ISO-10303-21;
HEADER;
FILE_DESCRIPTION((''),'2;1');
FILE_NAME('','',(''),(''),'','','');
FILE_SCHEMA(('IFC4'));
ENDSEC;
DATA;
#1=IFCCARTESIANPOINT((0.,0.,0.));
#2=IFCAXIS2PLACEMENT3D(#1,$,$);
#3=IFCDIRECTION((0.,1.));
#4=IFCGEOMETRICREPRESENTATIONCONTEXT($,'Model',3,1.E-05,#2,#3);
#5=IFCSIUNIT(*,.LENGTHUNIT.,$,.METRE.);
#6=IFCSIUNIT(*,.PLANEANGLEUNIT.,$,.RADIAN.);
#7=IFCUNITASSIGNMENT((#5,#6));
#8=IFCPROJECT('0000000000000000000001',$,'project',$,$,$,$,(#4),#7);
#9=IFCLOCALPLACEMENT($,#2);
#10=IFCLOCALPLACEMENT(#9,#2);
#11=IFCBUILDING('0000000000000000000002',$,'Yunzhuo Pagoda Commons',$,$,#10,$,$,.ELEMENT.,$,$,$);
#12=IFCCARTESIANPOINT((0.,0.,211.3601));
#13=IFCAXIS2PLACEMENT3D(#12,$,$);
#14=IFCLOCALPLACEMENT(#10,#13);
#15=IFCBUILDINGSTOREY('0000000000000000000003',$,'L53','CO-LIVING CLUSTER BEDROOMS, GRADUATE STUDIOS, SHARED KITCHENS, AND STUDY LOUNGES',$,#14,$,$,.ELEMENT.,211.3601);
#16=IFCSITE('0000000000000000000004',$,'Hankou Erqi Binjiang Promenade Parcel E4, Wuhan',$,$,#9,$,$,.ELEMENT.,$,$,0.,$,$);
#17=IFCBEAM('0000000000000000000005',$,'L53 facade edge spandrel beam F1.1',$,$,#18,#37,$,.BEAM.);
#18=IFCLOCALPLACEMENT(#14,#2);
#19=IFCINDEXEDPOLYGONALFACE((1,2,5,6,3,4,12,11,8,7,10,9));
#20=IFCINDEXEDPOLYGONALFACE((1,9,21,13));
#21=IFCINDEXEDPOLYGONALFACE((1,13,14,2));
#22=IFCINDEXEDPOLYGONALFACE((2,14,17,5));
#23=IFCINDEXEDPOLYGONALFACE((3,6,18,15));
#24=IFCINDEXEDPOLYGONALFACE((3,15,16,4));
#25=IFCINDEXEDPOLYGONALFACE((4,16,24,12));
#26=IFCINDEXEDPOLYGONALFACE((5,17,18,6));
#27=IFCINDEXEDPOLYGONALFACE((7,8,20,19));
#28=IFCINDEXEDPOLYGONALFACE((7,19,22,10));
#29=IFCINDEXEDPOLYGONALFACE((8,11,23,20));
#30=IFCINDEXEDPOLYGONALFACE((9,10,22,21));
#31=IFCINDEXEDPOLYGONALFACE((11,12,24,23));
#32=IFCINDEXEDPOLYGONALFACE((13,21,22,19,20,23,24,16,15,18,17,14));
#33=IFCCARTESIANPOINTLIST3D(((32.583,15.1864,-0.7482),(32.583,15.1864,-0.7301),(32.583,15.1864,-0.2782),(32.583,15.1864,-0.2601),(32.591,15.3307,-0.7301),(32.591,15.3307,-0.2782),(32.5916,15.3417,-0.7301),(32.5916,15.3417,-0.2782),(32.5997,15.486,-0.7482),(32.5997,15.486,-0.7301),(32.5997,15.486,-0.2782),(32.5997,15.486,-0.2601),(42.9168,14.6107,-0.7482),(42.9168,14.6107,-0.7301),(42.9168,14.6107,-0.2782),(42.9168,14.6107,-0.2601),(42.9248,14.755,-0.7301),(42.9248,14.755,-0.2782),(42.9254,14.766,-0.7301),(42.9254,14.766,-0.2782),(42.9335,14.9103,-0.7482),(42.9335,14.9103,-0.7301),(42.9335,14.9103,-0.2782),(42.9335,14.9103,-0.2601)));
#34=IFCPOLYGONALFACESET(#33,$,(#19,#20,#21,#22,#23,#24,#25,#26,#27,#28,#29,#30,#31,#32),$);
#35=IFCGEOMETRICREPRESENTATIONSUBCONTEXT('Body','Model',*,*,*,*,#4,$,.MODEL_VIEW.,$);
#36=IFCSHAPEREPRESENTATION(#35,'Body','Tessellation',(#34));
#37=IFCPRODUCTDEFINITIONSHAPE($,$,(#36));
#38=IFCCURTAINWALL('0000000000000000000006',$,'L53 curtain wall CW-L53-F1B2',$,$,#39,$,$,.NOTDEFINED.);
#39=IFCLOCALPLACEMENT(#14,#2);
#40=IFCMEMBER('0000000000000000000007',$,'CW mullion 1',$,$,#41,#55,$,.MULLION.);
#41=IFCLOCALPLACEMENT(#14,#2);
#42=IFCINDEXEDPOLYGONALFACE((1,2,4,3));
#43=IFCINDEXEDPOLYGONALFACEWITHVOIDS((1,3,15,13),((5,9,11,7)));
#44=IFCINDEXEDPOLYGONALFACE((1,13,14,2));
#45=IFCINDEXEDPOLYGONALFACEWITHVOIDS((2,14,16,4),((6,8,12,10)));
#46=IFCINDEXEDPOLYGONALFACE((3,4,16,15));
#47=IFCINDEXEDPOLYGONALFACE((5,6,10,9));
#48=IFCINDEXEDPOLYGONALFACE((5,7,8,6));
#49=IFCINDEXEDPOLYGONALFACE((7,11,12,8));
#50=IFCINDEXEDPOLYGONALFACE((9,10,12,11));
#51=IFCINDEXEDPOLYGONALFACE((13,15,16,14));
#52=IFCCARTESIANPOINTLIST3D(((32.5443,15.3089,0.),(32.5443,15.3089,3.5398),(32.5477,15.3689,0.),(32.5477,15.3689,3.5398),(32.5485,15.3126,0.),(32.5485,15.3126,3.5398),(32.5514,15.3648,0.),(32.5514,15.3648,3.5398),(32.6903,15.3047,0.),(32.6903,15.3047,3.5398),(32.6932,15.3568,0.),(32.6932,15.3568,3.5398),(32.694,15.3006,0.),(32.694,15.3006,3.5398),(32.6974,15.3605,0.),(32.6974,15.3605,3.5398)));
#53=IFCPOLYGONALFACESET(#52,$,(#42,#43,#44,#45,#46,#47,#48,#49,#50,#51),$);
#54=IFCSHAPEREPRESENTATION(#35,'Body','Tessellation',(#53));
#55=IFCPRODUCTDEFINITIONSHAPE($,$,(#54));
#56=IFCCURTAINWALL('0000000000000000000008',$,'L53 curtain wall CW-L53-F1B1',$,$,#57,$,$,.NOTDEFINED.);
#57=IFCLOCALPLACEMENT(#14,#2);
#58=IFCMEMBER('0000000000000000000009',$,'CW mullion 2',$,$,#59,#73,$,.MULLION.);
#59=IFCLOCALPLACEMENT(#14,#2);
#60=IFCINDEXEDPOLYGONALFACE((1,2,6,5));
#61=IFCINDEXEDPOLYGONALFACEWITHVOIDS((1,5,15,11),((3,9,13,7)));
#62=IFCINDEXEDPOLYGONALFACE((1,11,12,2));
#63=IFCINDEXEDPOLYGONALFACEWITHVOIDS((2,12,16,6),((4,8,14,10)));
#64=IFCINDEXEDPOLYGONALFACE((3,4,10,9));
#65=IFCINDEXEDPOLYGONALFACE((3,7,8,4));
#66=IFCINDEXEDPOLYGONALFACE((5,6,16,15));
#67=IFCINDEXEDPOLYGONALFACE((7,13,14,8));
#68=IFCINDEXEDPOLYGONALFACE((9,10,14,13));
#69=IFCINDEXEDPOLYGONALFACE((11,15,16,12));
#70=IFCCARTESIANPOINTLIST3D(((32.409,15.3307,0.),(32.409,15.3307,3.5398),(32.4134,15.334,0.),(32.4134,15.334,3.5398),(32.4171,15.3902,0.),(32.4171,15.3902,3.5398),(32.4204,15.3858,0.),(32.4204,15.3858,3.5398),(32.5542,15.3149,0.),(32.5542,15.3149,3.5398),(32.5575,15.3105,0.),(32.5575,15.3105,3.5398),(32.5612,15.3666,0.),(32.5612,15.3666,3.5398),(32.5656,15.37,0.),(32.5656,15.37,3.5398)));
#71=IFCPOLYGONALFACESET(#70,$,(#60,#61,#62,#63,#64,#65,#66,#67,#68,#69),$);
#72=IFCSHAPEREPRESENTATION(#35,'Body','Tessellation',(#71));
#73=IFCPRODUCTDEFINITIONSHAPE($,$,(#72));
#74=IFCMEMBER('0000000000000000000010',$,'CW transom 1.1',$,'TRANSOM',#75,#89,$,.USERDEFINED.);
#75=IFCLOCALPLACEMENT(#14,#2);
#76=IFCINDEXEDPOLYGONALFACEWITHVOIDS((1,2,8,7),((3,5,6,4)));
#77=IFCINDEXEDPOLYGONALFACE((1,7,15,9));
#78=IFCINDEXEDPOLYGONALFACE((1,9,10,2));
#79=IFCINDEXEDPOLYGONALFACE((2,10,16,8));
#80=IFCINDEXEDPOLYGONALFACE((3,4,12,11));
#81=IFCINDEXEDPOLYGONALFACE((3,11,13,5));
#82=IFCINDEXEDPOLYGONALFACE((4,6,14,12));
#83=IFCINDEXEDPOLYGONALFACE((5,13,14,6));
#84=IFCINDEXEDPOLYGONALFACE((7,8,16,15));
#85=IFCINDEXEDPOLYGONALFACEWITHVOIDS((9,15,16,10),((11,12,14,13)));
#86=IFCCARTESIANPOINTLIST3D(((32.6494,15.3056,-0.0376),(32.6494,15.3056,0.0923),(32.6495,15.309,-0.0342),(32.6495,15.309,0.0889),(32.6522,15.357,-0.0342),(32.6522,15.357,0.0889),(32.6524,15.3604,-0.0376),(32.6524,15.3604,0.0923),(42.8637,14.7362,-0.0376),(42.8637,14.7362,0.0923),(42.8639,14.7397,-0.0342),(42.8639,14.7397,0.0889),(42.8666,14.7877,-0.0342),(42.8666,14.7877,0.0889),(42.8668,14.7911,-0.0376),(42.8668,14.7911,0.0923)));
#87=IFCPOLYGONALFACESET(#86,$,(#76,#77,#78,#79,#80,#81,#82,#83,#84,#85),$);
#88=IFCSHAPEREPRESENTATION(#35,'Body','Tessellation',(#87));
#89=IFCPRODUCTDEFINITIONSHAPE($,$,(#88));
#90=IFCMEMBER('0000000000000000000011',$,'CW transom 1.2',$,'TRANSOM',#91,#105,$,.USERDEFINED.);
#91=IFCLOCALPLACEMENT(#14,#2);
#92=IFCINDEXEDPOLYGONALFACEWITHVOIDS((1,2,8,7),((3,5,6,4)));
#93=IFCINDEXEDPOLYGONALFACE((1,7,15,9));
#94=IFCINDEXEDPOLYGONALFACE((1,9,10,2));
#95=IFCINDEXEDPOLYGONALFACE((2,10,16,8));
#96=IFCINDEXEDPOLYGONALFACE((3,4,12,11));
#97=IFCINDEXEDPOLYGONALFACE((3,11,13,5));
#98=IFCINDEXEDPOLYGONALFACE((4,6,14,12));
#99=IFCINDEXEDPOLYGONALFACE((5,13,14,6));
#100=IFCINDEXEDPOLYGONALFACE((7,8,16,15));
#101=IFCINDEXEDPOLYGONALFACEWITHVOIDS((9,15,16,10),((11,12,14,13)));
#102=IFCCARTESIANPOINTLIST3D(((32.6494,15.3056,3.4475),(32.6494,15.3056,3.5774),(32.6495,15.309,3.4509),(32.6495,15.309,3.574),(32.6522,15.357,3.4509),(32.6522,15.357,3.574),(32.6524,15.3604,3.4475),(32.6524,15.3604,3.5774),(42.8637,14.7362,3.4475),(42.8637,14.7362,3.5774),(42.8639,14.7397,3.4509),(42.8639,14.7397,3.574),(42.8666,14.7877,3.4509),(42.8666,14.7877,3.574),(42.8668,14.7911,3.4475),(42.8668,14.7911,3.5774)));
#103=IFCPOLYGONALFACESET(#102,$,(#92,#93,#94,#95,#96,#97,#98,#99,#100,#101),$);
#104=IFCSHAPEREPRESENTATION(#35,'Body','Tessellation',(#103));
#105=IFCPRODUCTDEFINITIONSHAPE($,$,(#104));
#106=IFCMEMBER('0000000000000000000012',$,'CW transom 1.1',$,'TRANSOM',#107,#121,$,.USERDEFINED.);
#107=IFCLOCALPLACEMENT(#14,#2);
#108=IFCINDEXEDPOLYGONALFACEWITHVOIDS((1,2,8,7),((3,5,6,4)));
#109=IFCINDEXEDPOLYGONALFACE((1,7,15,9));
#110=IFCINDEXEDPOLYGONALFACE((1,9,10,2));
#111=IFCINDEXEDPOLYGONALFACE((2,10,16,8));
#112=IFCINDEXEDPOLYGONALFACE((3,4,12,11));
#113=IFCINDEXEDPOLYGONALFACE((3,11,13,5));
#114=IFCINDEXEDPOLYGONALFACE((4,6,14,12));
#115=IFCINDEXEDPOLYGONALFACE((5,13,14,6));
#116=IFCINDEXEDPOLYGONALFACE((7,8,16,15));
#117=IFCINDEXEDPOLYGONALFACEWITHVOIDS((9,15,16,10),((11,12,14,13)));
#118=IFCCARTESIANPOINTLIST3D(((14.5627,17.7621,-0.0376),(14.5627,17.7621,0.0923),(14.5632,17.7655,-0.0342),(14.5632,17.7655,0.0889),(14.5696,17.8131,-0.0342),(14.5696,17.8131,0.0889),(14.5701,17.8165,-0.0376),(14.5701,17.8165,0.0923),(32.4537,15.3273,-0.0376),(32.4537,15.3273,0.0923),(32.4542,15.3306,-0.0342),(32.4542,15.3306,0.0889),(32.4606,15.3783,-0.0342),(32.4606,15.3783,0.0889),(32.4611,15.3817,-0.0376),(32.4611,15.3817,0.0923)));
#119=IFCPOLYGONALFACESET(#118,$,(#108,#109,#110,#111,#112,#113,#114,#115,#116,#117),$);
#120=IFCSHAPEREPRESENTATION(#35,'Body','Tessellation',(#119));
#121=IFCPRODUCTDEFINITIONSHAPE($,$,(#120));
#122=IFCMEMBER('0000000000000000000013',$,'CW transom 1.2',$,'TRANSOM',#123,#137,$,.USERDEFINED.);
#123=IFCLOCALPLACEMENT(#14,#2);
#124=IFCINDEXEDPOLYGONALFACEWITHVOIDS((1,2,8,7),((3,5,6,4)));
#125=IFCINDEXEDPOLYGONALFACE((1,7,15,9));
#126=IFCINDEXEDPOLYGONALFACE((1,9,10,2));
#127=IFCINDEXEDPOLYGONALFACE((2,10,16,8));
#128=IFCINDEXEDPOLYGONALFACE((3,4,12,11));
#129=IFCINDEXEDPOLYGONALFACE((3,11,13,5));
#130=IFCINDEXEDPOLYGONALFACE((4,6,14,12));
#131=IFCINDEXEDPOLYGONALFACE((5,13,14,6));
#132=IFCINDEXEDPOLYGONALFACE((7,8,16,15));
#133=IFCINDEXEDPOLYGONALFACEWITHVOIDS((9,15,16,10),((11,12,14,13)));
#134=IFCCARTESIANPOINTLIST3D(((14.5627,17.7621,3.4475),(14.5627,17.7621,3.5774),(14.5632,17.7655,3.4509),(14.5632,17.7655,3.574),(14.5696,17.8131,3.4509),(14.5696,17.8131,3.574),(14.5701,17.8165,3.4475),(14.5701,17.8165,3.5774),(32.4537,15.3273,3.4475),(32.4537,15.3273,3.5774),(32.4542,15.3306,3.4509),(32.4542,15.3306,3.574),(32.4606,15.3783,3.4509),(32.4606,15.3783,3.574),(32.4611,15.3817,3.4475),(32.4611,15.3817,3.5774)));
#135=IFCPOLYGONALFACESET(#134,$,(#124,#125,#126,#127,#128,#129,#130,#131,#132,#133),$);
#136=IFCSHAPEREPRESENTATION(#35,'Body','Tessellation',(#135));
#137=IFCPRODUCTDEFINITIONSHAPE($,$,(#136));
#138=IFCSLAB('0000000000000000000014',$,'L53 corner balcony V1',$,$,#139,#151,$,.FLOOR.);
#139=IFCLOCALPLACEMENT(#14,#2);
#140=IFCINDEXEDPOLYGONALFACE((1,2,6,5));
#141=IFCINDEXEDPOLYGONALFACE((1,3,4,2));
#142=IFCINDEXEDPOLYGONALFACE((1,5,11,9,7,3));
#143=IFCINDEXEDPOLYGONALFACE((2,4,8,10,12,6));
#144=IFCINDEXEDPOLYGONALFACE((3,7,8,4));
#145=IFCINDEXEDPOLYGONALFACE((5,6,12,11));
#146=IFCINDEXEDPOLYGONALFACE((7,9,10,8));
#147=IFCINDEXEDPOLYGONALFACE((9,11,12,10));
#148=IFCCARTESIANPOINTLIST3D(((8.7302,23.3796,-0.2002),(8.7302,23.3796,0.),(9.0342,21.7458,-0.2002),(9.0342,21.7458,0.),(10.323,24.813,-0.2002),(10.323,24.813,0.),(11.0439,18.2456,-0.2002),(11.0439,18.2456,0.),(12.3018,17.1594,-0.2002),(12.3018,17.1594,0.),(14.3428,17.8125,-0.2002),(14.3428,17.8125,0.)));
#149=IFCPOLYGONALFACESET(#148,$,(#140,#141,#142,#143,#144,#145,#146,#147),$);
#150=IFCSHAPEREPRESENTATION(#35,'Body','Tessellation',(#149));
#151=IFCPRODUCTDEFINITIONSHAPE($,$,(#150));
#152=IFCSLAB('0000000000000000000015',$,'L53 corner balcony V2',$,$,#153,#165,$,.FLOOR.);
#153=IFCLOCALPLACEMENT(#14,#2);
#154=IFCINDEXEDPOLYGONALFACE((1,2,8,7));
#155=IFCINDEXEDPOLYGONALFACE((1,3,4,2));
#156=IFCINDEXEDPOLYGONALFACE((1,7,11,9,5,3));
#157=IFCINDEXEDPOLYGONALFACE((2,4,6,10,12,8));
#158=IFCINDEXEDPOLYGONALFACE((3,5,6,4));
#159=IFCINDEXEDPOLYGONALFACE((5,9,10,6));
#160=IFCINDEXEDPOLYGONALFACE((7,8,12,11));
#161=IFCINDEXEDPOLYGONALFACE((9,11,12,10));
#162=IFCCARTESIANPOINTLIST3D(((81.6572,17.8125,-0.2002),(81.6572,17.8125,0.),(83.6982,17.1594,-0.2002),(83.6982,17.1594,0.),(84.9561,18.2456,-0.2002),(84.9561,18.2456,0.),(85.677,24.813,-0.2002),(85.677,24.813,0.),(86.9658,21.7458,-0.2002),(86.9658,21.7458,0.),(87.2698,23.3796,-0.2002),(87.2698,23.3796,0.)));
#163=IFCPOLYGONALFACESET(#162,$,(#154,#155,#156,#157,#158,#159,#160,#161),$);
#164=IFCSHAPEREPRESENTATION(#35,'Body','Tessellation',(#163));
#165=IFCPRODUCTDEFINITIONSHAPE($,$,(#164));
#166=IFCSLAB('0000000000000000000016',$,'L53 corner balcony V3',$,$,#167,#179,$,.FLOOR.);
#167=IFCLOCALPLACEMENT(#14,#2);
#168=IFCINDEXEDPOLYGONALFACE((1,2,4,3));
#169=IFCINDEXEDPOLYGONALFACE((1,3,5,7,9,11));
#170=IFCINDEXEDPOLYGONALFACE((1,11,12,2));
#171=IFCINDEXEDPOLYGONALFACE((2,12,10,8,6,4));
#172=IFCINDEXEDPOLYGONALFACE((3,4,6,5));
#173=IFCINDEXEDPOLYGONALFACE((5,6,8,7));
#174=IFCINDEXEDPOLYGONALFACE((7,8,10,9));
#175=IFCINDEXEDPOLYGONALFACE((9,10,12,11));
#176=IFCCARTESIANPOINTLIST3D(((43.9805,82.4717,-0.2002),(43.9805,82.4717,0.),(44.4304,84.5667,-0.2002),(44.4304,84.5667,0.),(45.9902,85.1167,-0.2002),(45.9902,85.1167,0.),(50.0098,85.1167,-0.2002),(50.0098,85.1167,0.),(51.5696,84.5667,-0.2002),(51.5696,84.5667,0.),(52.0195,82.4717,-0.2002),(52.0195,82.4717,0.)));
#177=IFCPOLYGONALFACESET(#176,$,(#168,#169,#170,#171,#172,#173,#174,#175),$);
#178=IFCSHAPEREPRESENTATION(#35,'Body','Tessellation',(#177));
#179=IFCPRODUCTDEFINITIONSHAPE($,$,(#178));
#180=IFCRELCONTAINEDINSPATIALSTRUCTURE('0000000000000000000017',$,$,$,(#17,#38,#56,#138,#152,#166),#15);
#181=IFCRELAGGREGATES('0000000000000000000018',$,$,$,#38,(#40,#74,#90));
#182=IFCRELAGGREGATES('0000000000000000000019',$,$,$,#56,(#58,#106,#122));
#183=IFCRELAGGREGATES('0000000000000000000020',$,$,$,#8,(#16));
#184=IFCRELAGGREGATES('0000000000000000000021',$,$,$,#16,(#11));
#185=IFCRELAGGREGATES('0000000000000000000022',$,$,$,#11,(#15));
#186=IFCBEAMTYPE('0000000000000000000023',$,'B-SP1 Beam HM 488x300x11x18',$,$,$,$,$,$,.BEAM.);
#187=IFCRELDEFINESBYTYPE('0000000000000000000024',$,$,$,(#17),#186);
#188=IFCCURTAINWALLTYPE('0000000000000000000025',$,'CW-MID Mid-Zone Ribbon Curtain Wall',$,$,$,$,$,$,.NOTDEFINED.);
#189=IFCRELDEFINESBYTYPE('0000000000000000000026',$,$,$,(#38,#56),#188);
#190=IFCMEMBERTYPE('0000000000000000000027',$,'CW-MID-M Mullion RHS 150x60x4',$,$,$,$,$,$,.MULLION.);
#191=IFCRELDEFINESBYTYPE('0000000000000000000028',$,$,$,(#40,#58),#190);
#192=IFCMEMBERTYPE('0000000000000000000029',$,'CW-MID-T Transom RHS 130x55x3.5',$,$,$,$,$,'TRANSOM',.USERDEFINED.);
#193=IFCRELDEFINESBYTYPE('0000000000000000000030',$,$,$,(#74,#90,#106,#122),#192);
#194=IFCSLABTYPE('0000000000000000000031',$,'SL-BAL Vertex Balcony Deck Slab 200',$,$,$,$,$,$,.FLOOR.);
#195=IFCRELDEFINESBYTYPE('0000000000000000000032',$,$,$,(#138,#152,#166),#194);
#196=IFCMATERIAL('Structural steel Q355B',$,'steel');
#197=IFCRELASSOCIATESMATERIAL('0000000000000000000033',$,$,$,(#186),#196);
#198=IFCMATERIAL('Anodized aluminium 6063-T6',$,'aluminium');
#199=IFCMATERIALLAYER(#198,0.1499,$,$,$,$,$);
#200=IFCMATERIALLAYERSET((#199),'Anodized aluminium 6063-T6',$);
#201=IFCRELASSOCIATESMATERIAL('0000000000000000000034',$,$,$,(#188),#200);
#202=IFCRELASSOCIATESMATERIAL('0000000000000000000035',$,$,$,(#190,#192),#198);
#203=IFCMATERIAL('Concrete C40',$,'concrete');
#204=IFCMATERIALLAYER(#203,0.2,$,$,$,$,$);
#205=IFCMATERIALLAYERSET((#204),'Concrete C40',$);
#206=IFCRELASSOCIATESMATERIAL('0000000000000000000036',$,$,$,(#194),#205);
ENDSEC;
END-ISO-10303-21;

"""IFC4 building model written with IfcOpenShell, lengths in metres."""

from ifc_helpers import new_model, si_unit, direction, frame, origin, origin_2d, place, context, subcontext, project, spatial, polyline, hollow_rectangle, i_section, outline, extrude, source, transform, mapped, material, layer, layer_set, material_profile, profile_set, type_object, element, aggregate, save


model = new_model("IFC4")

# Units and contexts
model_context = context("Model", 3, precision=1e-05, world=origin(), true_north=direction((0.0, 1.0)))
body_context = subcontext(model_context, "Body", "Model", "MODEL_VIEW")
ifc_project = project(units=[si_unit("LENGTHUNIT", "METRE"), si_unit("PLANEANGLEUNIT", "RADIAN")], contexts=[model_context])

# Site, building, storey
site_placement = place(None, origin())
site = spatial("IfcSite", under=ifc_project, at=site_placement, Name="Hankou Erqi Binjiang Promenade Parcel E4, Wuhan", CompositionType="ELEMENT", RefElevation=0.0)
building_placement = place(site_placement, origin())
building = spatial("IfcBuilding", under=site, at=building_placement, Name="Yunzhuo Pagoda Commons", CompositionType="ELEMENT")
storey_placement = place(building_placement, frame((0.0, 0.0, 211.3601)))
storey = spatial("IfcBuildingStorey", under=building, at=storey_placement, Name="L53", Description="CO-LIVING CLUSTER BEDROOMS, GRADUATE STUDIOS, SHARED KITCHENS, AND STUDY LOUNGES", CompositionType="ELEMENT", Elevation=211.3601)

# Beam
ifc_material_1 = material(Name="Structural steel Q355B", Category="steel")
ifc_material_profile_1 = material_profile(ifc_material_1, i_section(OverallWidth=0.3, OverallDepth=0.488, WebThickness=0.011, FlangeThickness=0.0181, at=origin_2d()), Name="Structural steel Q355B")
ifc_profile_set_1 = profile_set([ifc_material_profile_1], Name="Structural steel Q355B")
beam_type = type_object("IfcBeamType", Name="B-SP1 Beam HM 488x300x11x18", PredefinedType="BEAM", material=ifc_profile_set_1)
shared_shape_1 = source(origin(), body_context, "Body", "SweptSolid", [
    extrude(i_section(OverallWidth=0.3, OverallDepth=0.488, WebThickness=0.011, FlangeThickness=0.0181, at=origin_2d()), origin(), (0.0, 0.0, 1.0), 10.3499),
])
beam_placement = place(storey_placement, frame((32.5913, 15.3362, -0.5042), z_axis=(0.998452, -0.055623, 0.0), x_axis=(0.055623, 0.998452, 0.0)))
element("IfcBeam", 1, at=beam_placement, inside=storey, type_object=beam_type, Name="L53 facade edge spandrel beam F1.1", PredefinedType="BEAM", context=body_context, shape_type="MappedRepresentation", body=[
    mapped(shared_shape_1, transform((0.0, 0.0, 0.0), scale=1.0)),
])

# Curtain walls, members
ifc_material_2 = material(Name="Anodized aluminium 6063-T6", Category="aluminium")
ifc_layer_1 = layer(ifc_material_2, 0.1499)
ifc_layer_set_1 = layer_set([ifc_layer_1], Name="Anodized aluminium 6063-T6")
curtain_wall_type = type_object("IfcCurtainWallType", Name="CW-MID Mid-Zone Ribbon Curtain Wall", PredefinedType="NOTDEFINED", material=ifc_layer_set_1)
curtain_wall_1_placement = place(storey_placement, origin())
curtain_wall_1 = element("IfcCurtainWall", 2, at=curtain_wall_1_placement, inside=storey, type_object=curtain_wall_type, Name="L53 curtain wall CW-L53-F1B2", PredefinedType="NOTDEFINED")
ifc_material_profile_2 = material_profile(ifc_material_2, hollow_rectangle(XDim=0.0601, YDim=0.1499, WallThickness=0.0039, at=origin_2d()), Name="Anodized aluminium 6063-T6")
ifc_profile_set_2 = profile_set([ifc_material_profile_2], Name="Anodized aluminium 6063-T6")
member_type_1 = type_object("IfcMemberType", Name="CW-MID-M Mullion RHS 150x60x4", PredefinedType="MULLION", material=ifc_profile_set_2)
shared_shape_2 = source(origin(), body_context, "Body", "SweptSolid", [
    extrude(hollow_rectangle(XDim=0.0601, YDim=0.1499, WallThickness=0.0039, at=origin_2d()), origin(), (0.0, 0.0, 1.0), 3.5398),
])
member_1_placement = place(storey_placement, frame((32.6208, 15.3347, 0.0), z_axis=(0.0, 0.0, 1.0), x_axis=(0.055642, 0.998451, 0.0)))
member_1 = element("IfcMember", 3, at=member_1_placement, type_object=member_type_1, Name="CW mullion 1", PredefinedType="MULLION", context=body_context, shape_type="MappedRepresentation", body=[
    mapped(shared_shape_2, transform((0.0, 0.0, 0.0), scale=1.0)),
])
curtain_wall_2_placement = place(storey_placement, origin())
curtain_wall_2 = element("IfcCurtainWall", 4, at=curtain_wall_2_placement, inside=storey, type_object=curtain_wall_type, Name="L53 curtain wall CW-L53-F1B1", PredefinedType="NOTDEFINED")
member_2_placement = place(storey_placement, frame((32.4873, 15.3503, 0.0), z_axis=(0.0, 0.0, 1.0), x_axis=(0.134839, 0.990867, 0.0)))
member_2 = element("IfcMember", 5, at=member_2_placement, type_object=member_type_1, Name="CW mullion 2", PredefinedType="MULLION", context=body_context, shape_type="MappedRepresentation", body=[
    mapped(shared_shape_2, transform((0.0, 0.0, 0.0), scale=1.0)),
])

# Members
ifc_material_profile_3 = material_profile(ifc_material_2, hollow_rectangle(XDim=0.0549, YDim=0.1299, WallThickness=0.0034, at=origin_2d()), Name="Anodized aluminium 6063-T6")
ifc_profile_set_3 = profile_set([ifc_material_profile_3], Name="Anodized aluminium 6063-T6")
member_type_2 = type_object("IfcMemberType", Name="CW-MID-T Transom RHS 130x55x3.5", ElementType="TRANSOM", PredefinedType="USERDEFINED", material=ifc_profile_set_3)
shared_shape_3 = source(origin(), body_context, "Body", "SweptSolid", [
    extrude(hollow_rectangle(XDim=0.0549, YDim=0.1299, WallThickness=0.0034, at=origin_2d()), origin(), (0.0, 0.0, 1.0), 10.2302),
])
member_3_placement = place(storey_placement, frame((32.6509, 15.333, 0.0273), z_axis=(0.99845, -0.055652, 0.0), x_axis=(0.055652, 0.99845, 0.0)))
member_3 = element("IfcMember", 6, at=member_3_placement, type_object=member_type_2, Name="CW transom 1.1", ObjectType="TRANSOM", PredefinedType="USERDEFINED", context=body_context, shape_type="MappedRepresentation", body=[
    mapped(shared_shape_3, transform((0.0, 0.0, 0.0), scale=1.0)),
])
member_4_placement = place(storey_placement, frame((32.6509, 15.333, 3.5125), z_axis=(0.99845, -0.055652, 0.0), x_axis=(0.055652, 0.99845, 0.0)))
member_4 = element("IfcMember", 7, at=member_4_placement, type_object=member_type_2, Name="CW transom 1.2", ObjectType="TRANSOM", PredefinedType="USERDEFINED", context=body_context, shape_type="MappedRepresentation", body=[
    mapped(shared_shape_3, transform((0.0, 0.0, 0.0), scale=1.0)),
])
aggregate(curtain_wall_1, [member_1, member_3, member_4])
shared_shape_4 = source(origin(), body_context, "Body", "SweptSolid", [
    extrude(hollow_rectangle(XDim=0.0549, YDim=0.1299, WallThickness=0.0034, at=origin_2d()), origin(), (0.0, 0.0, 1.0), 18.0559),
])
member_5_placement = place(storey_placement, frame((14.5664, 17.7893, 0.0273), z_axis=(0.990866, -0.13485, 0.0), x_axis=(0.13485, 0.990866, 0.0)))
member_5 = element("IfcMember", 8, at=member_5_placement, type_object=member_type_2, Name="CW transom 1.1", ObjectType="TRANSOM", PredefinedType="USERDEFINED", context=body_context, shape_type="MappedRepresentation", body=[
    mapped(shared_shape_4, transform((0.0, 0.0, 0.0), scale=1.0)),
])
member_6_placement = place(storey_placement, frame((14.5664, 17.7893, 3.5125), z_axis=(0.990866, -0.13485, 0.0), x_axis=(0.13485, 0.990866, 0.0)))
member_6 = element("IfcMember", 9, at=member_6_placement, type_object=member_type_2, Name="CW transom 1.2", ObjectType="TRANSOM", PredefinedType="USERDEFINED", context=body_context, shape_type="MappedRepresentation", body=[
    mapped(shared_shape_4, transform((0.0, 0.0, 0.0), scale=1.0)),
])

# Slabs
ifc_material_3 = material(Name="Concrete C40", Category="concrete")
ifc_layer_2 = layer(ifc_material_3, 0.2)
ifc_layer_set_2 = layer_set([ifc_layer_2], Name="Concrete C40")
slab_type_1 = type_object("IfcSlabType", Name="SL-BAL Vertex Balcony Deck Slab 200", PredefinedType="FLOOR", material=ifc_layer_set_2)
slab_1_placement = place(storey_placement, frame((0.0, 0.0, -0.2002)))
element("IfcSlab", 10, at=slab_1_placement, inside=storey, type_object=slab_type_1, Name="L53 corner balcony V1", PredefinedType="FLOOR", context=body_context, shape_type="SweptSolid", body=[
    extrude(outline(polyline([(10.323, 24.813), (14.3428, 17.8125), (12.3018, 17.1594), (11.0439, 18.2456), (9.0342, 21.7458), (8.7302, 23.3796), (10.323, 24.813)])), origin(), (0.0, 0.0, 1.0), 0.2002),
])
slab_2_placement = place(storey_placement, frame((0.0, 0.0, -0.2002)))
element("IfcSlab", 11, at=slab_2_placement, inside=storey, type_object=slab_type_1, Name="L53 corner balcony V2", PredefinedType="FLOOR", context=body_context, shape_type="SweptSolid", body=[
    extrude(outline(polyline([(81.6572, 17.8125), (85.677, 24.813), (87.2698, 23.3796), (86.9658, 21.7458), (84.9561, 18.2456), (83.6982, 17.1594), (81.6572, 17.8125)])), origin(), (0.0, 0.0, 1.0), 0.2002),
])
slab_3_placement = place(storey_placement, frame((0.0, 0.0, -0.2002)))
element("IfcSlab", 12, at=slab_3_placement, inside=storey, type_object=slab_type_1, Name="L53 corner balcony V3", PredefinedType="FLOOR", context=body_context, shape_type="SweptSolid", body=[
    extrude(outline(polyline([(52.0195, 82.4717), (43.9805, 82.4717), (44.4304, 84.5667), (45.9902, 85.1167), (50.0098, 85.1167), (51.5696, 84.5667), (52.0195, 82.4717)])), origin(), (0.0, 0.0, 1.0), 0.2002),
])

aggregate(curtain_wall_2, [member_2, member_5, member_6])

save(model, "model.ifc")
